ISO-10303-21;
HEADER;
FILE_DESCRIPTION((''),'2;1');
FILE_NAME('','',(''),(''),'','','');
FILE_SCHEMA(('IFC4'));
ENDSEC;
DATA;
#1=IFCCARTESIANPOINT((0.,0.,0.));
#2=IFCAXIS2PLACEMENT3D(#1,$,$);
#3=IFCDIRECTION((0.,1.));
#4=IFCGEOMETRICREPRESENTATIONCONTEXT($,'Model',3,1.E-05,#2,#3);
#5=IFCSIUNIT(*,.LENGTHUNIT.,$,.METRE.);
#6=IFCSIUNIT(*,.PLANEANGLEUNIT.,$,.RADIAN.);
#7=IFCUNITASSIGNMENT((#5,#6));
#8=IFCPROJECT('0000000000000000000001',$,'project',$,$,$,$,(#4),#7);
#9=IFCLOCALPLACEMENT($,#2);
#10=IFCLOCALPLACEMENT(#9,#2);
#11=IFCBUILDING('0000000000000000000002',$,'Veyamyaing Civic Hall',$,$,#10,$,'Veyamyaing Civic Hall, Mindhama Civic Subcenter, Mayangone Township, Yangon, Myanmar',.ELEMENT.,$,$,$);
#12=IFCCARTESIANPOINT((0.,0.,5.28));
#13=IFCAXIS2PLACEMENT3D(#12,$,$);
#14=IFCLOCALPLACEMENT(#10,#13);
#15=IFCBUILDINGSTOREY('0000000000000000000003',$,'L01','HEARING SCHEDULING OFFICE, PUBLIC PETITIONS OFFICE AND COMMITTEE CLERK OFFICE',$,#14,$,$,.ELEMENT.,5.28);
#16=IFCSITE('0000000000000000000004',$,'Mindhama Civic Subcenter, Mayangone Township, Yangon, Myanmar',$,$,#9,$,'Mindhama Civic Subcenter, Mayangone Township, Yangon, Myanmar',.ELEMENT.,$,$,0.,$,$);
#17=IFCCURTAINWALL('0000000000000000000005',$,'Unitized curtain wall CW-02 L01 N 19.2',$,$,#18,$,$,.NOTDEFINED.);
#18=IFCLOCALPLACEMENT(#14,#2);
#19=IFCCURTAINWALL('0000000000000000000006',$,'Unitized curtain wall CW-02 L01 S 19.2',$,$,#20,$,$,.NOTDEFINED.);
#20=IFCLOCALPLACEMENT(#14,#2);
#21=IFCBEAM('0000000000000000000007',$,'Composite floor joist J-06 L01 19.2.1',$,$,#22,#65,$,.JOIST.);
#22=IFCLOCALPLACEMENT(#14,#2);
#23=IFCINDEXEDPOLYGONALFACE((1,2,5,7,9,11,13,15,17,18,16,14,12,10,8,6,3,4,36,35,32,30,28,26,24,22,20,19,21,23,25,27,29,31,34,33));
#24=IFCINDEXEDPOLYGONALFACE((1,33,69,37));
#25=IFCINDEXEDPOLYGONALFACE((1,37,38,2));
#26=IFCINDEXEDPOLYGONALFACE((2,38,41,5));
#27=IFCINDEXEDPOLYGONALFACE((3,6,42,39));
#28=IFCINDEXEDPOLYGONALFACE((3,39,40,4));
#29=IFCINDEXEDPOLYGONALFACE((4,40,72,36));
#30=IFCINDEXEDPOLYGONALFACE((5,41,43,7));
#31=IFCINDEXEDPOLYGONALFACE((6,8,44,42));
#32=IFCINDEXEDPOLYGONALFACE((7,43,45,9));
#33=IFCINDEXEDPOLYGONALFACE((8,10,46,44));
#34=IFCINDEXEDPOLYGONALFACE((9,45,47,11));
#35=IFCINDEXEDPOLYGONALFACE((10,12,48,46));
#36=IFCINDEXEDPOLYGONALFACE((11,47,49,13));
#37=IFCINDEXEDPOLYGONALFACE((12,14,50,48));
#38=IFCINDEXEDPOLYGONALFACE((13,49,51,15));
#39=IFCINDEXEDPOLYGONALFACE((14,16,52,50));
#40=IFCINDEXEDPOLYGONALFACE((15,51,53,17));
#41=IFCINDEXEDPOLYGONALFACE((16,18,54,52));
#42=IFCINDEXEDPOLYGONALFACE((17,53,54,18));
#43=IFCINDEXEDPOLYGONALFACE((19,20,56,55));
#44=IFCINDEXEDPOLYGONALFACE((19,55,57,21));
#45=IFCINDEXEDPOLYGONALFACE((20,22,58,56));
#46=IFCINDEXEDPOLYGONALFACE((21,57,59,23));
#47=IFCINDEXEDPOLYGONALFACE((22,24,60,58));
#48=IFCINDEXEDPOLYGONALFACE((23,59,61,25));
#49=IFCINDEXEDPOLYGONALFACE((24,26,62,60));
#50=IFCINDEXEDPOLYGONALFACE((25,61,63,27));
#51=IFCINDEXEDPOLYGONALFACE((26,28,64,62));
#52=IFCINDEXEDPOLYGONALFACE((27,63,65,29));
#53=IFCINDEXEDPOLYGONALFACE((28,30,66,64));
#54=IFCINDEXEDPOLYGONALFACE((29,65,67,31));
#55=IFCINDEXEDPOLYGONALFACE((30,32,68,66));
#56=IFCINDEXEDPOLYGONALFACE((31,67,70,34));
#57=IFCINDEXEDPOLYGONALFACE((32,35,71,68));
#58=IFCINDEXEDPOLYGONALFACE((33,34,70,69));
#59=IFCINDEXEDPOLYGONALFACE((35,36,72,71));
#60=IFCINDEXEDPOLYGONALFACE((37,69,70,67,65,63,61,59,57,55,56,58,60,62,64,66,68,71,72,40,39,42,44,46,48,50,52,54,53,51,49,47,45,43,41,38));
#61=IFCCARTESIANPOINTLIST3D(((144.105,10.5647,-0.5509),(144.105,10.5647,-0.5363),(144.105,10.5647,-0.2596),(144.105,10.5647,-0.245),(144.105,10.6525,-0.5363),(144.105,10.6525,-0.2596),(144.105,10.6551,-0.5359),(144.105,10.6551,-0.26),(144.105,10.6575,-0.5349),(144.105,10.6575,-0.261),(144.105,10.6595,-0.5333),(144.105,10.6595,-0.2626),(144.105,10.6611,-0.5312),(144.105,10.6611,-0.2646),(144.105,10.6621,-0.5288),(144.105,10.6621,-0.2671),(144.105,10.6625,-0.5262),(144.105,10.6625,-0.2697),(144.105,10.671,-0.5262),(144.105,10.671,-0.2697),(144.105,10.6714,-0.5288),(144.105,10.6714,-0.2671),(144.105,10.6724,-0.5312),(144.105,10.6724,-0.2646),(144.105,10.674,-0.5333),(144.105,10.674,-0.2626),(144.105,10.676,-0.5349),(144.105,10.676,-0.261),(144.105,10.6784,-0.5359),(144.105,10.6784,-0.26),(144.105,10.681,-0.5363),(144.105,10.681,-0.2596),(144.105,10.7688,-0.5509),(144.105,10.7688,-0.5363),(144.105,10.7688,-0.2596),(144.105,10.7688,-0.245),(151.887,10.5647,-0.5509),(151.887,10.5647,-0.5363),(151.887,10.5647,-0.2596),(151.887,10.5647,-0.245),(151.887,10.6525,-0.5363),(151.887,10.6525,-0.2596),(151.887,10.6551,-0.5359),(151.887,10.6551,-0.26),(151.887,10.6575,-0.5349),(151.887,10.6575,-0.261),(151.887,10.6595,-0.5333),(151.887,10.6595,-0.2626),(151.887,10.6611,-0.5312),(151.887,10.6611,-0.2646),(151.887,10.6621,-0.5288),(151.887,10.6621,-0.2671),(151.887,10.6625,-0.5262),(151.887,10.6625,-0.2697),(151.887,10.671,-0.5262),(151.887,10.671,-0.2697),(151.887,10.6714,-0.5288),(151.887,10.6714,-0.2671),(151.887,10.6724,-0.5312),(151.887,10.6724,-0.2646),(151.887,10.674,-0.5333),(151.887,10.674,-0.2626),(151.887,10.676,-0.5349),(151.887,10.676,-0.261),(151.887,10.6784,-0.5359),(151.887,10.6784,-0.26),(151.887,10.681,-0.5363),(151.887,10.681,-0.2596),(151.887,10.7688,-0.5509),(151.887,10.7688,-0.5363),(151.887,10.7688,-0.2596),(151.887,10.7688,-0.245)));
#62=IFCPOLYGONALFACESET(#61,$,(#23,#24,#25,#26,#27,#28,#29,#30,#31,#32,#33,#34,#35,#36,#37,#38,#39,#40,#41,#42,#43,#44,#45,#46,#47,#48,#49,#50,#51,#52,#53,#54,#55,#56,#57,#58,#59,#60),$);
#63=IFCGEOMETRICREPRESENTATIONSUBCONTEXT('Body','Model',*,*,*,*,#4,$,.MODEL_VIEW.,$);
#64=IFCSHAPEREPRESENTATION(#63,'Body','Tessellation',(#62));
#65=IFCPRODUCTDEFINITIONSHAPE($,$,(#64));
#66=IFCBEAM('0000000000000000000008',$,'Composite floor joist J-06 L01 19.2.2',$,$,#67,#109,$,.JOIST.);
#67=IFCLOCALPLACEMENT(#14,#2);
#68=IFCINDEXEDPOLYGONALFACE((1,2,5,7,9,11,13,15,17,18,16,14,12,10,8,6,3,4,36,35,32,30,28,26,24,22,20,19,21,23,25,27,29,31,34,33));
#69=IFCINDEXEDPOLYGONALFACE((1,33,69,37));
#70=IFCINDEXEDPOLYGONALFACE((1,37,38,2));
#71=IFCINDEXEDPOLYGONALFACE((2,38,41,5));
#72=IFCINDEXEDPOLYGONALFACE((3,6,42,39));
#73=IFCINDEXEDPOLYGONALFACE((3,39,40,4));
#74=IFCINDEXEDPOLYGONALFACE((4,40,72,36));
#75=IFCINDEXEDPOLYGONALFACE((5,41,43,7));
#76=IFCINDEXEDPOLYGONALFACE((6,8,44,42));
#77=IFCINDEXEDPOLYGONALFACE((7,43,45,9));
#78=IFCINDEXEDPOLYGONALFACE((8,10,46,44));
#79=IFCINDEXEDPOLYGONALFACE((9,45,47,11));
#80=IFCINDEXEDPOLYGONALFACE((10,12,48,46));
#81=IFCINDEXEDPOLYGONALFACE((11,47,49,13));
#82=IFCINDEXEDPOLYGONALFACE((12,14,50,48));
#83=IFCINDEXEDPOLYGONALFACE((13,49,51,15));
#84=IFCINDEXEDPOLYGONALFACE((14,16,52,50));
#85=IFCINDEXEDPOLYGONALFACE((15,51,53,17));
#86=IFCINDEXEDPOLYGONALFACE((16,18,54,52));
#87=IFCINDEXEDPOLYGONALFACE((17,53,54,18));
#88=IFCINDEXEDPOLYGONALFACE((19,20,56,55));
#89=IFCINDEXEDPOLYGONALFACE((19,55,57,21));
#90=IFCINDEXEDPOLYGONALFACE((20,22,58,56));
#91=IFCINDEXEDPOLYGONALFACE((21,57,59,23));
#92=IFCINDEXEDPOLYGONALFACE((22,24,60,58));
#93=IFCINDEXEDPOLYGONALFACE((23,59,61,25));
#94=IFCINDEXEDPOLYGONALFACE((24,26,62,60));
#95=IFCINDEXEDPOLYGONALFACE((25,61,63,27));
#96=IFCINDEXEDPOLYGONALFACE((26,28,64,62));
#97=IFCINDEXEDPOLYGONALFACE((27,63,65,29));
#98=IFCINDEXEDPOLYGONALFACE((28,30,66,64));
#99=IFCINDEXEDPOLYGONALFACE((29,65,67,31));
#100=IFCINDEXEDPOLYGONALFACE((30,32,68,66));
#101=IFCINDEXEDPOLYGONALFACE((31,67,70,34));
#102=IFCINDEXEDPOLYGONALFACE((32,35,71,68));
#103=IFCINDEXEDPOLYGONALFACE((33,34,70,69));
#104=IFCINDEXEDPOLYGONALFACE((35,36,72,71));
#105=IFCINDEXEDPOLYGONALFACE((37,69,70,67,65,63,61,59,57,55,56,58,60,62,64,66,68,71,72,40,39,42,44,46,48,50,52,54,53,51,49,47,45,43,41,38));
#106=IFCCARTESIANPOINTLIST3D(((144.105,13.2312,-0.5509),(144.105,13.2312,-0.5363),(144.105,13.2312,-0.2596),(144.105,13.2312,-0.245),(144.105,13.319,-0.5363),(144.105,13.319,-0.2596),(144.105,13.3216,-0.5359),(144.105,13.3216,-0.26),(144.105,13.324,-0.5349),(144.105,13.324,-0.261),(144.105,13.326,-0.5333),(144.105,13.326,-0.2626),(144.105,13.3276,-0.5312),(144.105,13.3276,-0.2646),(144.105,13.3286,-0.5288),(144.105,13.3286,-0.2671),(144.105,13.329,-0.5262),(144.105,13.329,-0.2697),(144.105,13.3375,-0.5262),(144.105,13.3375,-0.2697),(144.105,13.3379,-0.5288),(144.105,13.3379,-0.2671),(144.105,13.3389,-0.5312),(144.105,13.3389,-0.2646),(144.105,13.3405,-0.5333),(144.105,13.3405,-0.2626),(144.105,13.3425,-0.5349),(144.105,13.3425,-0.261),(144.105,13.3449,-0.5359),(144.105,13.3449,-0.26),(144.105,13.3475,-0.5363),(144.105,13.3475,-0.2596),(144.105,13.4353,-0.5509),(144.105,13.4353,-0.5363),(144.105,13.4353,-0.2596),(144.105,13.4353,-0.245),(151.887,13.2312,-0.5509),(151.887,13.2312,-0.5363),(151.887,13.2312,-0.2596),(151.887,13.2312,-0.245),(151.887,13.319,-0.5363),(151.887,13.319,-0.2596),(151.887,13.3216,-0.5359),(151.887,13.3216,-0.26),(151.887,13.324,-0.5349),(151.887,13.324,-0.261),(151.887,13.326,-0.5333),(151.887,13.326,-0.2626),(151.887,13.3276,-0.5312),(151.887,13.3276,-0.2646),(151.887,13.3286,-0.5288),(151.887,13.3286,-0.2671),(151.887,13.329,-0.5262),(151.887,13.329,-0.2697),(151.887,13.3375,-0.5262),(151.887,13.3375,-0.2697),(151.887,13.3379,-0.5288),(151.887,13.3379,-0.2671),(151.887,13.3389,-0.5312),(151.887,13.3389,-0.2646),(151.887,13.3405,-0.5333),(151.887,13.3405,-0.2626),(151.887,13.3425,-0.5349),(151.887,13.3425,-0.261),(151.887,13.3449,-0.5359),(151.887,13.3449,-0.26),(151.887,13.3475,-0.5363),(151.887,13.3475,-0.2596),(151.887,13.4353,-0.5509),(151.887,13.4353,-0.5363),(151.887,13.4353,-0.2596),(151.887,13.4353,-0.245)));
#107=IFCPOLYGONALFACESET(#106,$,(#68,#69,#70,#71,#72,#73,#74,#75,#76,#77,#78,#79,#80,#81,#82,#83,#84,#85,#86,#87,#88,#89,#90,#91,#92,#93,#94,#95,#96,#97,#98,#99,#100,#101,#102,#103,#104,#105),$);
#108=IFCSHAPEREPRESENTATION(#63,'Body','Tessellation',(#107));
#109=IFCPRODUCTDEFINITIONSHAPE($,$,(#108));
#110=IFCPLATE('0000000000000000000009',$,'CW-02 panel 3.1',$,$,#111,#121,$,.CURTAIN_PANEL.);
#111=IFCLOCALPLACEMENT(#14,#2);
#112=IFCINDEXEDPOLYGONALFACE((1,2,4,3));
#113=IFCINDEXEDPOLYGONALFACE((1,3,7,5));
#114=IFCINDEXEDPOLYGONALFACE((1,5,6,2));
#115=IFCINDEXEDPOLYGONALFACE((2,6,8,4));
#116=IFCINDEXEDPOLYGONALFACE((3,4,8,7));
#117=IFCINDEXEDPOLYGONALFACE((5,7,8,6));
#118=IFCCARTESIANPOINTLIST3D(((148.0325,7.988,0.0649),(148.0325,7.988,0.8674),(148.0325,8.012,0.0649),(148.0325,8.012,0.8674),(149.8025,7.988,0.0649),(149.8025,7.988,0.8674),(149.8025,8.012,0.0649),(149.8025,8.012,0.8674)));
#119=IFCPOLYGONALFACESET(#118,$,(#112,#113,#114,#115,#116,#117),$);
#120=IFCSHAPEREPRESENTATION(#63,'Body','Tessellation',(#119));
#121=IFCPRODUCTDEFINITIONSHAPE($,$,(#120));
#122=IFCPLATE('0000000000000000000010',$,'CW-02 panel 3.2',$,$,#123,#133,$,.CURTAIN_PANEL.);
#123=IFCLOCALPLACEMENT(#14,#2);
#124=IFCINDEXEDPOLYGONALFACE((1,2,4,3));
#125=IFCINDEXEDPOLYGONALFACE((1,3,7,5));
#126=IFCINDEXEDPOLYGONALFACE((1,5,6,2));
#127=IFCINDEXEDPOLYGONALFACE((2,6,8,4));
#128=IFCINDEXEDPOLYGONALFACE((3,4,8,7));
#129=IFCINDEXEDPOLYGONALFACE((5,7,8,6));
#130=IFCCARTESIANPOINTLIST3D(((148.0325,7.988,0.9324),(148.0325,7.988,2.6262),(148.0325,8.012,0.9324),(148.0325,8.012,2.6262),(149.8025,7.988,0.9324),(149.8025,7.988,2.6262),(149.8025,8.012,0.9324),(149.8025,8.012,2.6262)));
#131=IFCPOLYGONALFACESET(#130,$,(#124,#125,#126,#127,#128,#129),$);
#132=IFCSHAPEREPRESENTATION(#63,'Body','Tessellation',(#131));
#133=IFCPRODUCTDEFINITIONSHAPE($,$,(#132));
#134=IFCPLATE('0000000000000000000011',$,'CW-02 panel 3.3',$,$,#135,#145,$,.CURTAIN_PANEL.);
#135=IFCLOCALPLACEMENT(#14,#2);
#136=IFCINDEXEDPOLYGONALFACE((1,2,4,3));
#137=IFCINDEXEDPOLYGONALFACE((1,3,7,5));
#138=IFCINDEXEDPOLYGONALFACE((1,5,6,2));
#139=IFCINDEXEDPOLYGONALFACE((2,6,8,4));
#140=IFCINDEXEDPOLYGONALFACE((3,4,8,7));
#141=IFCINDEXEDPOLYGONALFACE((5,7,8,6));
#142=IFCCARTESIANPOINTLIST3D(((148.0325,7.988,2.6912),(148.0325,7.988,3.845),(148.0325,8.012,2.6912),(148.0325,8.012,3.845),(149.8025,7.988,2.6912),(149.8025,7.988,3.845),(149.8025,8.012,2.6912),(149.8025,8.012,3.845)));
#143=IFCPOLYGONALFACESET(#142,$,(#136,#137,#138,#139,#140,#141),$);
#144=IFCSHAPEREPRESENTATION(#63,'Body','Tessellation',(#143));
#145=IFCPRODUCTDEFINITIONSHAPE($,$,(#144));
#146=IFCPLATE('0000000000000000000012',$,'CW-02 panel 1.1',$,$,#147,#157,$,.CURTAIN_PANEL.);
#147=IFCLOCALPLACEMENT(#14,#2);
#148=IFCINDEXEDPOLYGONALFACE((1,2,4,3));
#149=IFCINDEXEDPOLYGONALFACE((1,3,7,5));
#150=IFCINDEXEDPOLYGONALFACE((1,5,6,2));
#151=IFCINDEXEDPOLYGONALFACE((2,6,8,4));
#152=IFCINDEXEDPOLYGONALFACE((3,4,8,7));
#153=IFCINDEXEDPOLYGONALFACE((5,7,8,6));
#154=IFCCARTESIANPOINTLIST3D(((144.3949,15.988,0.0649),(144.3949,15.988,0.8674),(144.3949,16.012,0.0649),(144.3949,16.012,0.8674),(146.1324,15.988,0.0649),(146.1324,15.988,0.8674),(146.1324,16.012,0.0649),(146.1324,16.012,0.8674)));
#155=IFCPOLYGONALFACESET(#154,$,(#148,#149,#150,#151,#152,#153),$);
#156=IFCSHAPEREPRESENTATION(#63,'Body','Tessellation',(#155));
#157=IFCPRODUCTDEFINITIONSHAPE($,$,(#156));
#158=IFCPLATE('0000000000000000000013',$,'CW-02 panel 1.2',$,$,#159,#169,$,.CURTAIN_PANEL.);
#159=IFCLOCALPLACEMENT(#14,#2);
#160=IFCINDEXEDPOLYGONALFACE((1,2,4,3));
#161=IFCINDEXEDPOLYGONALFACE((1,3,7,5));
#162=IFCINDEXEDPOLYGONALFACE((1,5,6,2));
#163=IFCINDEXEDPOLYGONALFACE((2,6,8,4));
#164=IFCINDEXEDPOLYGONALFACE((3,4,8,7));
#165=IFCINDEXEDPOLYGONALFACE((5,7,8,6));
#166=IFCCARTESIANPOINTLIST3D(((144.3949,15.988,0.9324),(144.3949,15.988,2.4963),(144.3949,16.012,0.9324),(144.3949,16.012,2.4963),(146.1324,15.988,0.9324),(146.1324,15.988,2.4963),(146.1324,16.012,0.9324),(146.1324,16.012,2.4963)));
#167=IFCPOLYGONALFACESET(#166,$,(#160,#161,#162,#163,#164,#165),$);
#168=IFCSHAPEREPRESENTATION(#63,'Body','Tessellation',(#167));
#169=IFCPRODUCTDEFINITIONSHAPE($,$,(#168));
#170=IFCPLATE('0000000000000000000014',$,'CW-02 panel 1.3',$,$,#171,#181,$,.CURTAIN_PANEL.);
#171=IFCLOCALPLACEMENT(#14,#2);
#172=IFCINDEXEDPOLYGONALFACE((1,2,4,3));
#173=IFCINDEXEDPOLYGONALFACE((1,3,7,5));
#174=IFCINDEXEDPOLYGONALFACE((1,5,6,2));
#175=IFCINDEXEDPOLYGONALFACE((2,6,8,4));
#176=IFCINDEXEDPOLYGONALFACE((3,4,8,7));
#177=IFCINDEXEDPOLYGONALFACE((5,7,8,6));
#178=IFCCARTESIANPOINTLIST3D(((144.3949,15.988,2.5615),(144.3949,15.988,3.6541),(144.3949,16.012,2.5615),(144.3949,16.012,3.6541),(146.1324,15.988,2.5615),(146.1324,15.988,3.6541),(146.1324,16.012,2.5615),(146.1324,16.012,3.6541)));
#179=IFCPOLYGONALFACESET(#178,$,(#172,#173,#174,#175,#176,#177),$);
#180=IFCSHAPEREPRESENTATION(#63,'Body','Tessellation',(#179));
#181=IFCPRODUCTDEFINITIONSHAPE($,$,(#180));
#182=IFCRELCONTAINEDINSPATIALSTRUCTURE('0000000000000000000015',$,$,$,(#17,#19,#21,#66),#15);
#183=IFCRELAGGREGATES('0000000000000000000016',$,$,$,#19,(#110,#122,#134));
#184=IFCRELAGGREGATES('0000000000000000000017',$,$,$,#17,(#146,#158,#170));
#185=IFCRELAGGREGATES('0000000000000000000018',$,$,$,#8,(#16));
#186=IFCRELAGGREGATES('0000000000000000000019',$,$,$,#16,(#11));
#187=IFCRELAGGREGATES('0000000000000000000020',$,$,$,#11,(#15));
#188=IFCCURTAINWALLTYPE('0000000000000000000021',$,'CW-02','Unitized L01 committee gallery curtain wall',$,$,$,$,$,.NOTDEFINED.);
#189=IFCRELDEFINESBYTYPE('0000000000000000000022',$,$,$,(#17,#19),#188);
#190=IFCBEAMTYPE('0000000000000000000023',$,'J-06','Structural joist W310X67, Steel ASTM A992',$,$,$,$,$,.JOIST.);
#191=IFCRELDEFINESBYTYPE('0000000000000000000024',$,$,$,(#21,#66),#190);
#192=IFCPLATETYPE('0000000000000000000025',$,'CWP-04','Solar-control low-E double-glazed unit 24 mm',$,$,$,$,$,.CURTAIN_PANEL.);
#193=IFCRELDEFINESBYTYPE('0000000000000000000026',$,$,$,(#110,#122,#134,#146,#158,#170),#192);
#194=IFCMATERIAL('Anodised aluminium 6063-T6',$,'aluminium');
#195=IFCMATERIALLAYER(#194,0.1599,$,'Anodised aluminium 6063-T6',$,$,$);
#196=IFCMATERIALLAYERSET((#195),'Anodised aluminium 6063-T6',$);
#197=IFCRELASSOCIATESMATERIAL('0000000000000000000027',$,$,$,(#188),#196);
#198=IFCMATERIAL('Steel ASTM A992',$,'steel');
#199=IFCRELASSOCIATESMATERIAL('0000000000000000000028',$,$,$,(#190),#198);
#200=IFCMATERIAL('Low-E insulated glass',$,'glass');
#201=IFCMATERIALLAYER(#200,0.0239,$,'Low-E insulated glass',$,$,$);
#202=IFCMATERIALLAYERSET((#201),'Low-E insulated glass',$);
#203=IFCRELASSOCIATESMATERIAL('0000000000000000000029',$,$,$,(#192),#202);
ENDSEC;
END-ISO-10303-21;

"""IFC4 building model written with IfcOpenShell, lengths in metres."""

from ifc_helpers import new_model, si_unit, direction, frame, origin, origin_2d, place, context, subcontext, project, spatial, rectangle, i_section, extrude, material, layer, layer_set, material_profile, profile_set, type_object, element, aggregate, save


model = new_model("IFC4")

# Units and contexts
model_context = context("Model", 3, precision=1e-05, world=origin(), true_north=direction((0.0, 1.0)))
body_context = subcontext(model_context, "Body", "Model", "MODEL_VIEW")
ifc_project = project(units=[si_unit("LENGTHUNIT", "METRE"), si_unit("PLANEANGLEUNIT", "RADIAN")], contexts=[model_context])

# Site, building, storey
site_placement = place(None, origin())
site = spatial("IfcSite", under=ifc_project, at=site_placement, Name="Mindhama Civic Subcenter, Mayangone Township, Yangon, Myanmar", LongName="Mindhama Civic Subcenter, Mayangone Township, Yangon, Myanmar", CompositionType="ELEMENT", RefElevation=0.0)
building_placement = place(site_placement, origin())
building = spatial("IfcBuilding", under=site, at=building_placement, Name="Veyamyaing Civic Hall", LongName="Veyamyaing Civic Hall, Mindhama Civic Subcenter, Mayangone Township, Yangon, Myanmar", CompositionType="ELEMENT")
storey_placement = place(building_placement, frame((0.0, 0.0, 5.28)))
storey = spatial("IfcBuildingStorey", under=building, at=storey_placement, Name="L01", Description="HEARING SCHEDULING OFFICE, PUBLIC PETITIONS OFFICE AND COMMITTEE CLERK OFFICE", CompositionType="ELEMENT", Elevation=5.28)

# Shared definitions
ifc_material_1 = material(Name="Steel ASTM A992", Category="steel")

# Curtain walls
ifc_material_2 = material(Name="Anodised aluminium 6063-T6", Category="aluminium")
ifc_layer_1 = layer(ifc_material_2, 0.1599, Name="Anodised aluminium 6063-T6")
ifc_layer_set_1 = layer_set([ifc_layer_1], Name="Anodised aluminium 6063-T6")
curtain_wall_type = type_object("IfcCurtainWallType", Name="CW-02", Description="Unitized L01 committee gallery curtain wall", PredefinedType="NOTDEFINED", material=ifc_layer_set_1)
curtain_wall_1_placement = place(storey_placement, origin())
curtain_wall_1 = element("IfcCurtainWall", 1, at=curtain_wall_1_placement, inside=storey, type_object=curtain_wall_type, Name="Unitized curtain wall CW-02 L01 N 19.2", PredefinedType="NOTDEFINED")
curtain_wall_2_placement = place(storey_placement, origin())
curtain_wall_2 = element("IfcCurtainWall", 2, at=curtain_wall_2_placement, inside=storey, type_object=curtain_wall_type, Name="Unitized curtain wall CW-02 L01 S 19.2", PredefinedType="NOTDEFINED")

# Beams
ifc_material_profile_1 = material_profile(ifc_material_1, i_section(OverallWidth=0.2041, OverallDepth=0.3059, WebThickness=0.0085, FlangeThickness=0.0146, FilletRadius=0.01, at=origin_2d()), Name="W310X67")
ifc_profile_set_1 = profile_set([ifc_material_profile_1], Name="Steel ASTM A992")
beam_type_1 = type_object("IfcBeamType", Name="J-06", Description="Structural joist W310X67, Steel ASTM A992", PredefinedType="JOIST", material=ifc_profile_set_1)
for number, where, z_axis, x_axis, name in (
    (3, (144.105, 10.6667, -0.3979), (1.0, 0.0, 0.0), (0.0, 1.0, 0.0), "Composite floor joist J-06 L01 19.2.1"),
    (4, (144.105, 13.3333, -0.3979), (1.0, 0.0, 0.0), (0.0, 1.0, 0.0), "Composite floor joist J-06 L01 19.2.2"),
):
    element("IfcBeam", number, at=place(storey_placement, frame(where, z_axis=z_axis, x_axis=x_axis)), inside=storey, type_object=beam_type_1, Name=name, PredefinedType="JOIST", context=body_context, shape_type="SweptSolid", body=[
        extrude(i_section(OverallWidth=0.2041, OverallDepth=0.3059, WebThickness=0.0085, FlangeThickness=0.0146, FilletRadius=0.01, at=origin_2d()), origin(), (0.0, 0.0, 1.0), 7.782),
    ])

# Plates
ifc_material_3 = material(Name="Low-E insulated glass", Category="glass")
ifc_layer_2 = layer(ifc_material_3, 0.0239, Name="Low-E insulated glass")
ifc_layer_set_2 = layer_set([ifc_layer_2], Name="Low-E insulated glass")
plate_type = type_object("IfcPlateType", Name="CWP-04", Description="Solar-control low-E double-glazed unit 24 mm", PredefinedType="CURTAIN_PANEL", material=ifc_layer_set_2)
plate_1_placement = place(storey_placement, frame((148.9175, 8.0, 0.0649), z_axis=(0.0, 0.0, 1.0), x_axis=(1.0, 0.0, 0.0)))
plate_1 = element("IfcPlate", 5, at=plate_1_placement, type_object=plate_type, Name="CW-02 panel 3.1", PredefinedType="CURTAIN_PANEL", context=body_context, shape_type="SweptSolid", body=[
    extrude(rectangle(XDim=1.77, YDim=0.0239, at=origin_2d()), origin(), (0.0, 0.0, 1.0), 0.8025),
])
plate_2_placement = place(storey_placement, frame((148.9175, 8.0, 0.9324), z_axis=(0.0, 0.0, 1.0), x_axis=(1.0, 0.0, 0.0)))
plate_2 = element("IfcPlate", 6, at=plate_2_placement, type_object=plate_type, Name="CW-02 panel 3.2", PredefinedType="CURTAIN_PANEL", context=body_context, shape_type="SweptSolid", body=[
    extrude(rectangle(XDim=1.77, YDim=0.0239, at=origin_2d()), origin(), (0.0, 0.0, 1.0), 1.6938),
])
plate_3_placement = place(storey_placement, frame((148.9175, 8.0, 2.6912), z_axis=(0.0, 0.0, 1.0), x_axis=(1.0, 0.0, 0.0)))
plate_3 = element("IfcPlate", 7, at=plate_3_placement, type_object=plate_type, Name="CW-02 panel 3.3", PredefinedType="CURTAIN_PANEL", context=body_context, shape_type="SweptSolid", body=[
    extrude(rectangle(XDim=1.77, YDim=0.0239, at=origin_2d()), origin(), (0.0, 0.0, 1.0), 1.1538),
])
aggregate(curtain_wall_2, [plate_1, plate_2, plate_3])
plate_4_placement = place(storey_placement, frame((145.2637, 16.0, 0.0649), z_axis=(0.0, 0.0, 1.0), x_axis=(1.0, 0.0, 0.0)))
plate_4 = element("IfcPlate", 8, at=plate_4_placement, type_object=plate_type, Name="CW-02 panel 1.1", PredefinedType="CURTAIN_PANEL", context=body_context, shape_type="SweptSolid", body=[
    extrude(rectangle(XDim=1.7375, YDim=0.0239, at=origin_2d()), origin(), (0.0, 0.0, 1.0), 0.8025),
])
plate_5_placement = place(storey_placement, frame((145.2637, 16.0, 0.9324), z_axis=(0.0, 0.0, 1.0), x_axis=(1.0, 0.0, 0.0)))
plate_5 = element("IfcPlate", 9, at=plate_5_placement, type_object=plate_type, Name="CW-02 panel 1.2", PredefinedType="CURTAIN_PANEL", context=body_context, shape_type="SweptSolid", body=[
    extrude(rectangle(XDim=1.7375, YDim=0.0239, at=origin_2d()), origin(), (0.0, 0.0, 1.0), 1.564),
])
plate_6_placement = place(storey_placement, frame((145.2637, 16.0, 2.5615), z_axis=(0.0, 0.0, 1.0), x_axis=(1.0, 0.0, 0.0)))
plate_6 = element("IfcPlate", 10, at=plate_6_placement, type_object=plate_type, Name="CW-02 panel 1.3", PredefinedType="CURTAIN_PANEL", context=body_context, shape_type="SweptSolid", body=[
    extrude(rectangle(XDim=1.7375, YDim=0.0239, at=origin_2d()), origin(), (0.0, 0.0, 1.0), 1.0925),
])
aggregate(curtain_wall_1, [plate_4, plate_5, plate_6])

save(model, "model.ifc")
